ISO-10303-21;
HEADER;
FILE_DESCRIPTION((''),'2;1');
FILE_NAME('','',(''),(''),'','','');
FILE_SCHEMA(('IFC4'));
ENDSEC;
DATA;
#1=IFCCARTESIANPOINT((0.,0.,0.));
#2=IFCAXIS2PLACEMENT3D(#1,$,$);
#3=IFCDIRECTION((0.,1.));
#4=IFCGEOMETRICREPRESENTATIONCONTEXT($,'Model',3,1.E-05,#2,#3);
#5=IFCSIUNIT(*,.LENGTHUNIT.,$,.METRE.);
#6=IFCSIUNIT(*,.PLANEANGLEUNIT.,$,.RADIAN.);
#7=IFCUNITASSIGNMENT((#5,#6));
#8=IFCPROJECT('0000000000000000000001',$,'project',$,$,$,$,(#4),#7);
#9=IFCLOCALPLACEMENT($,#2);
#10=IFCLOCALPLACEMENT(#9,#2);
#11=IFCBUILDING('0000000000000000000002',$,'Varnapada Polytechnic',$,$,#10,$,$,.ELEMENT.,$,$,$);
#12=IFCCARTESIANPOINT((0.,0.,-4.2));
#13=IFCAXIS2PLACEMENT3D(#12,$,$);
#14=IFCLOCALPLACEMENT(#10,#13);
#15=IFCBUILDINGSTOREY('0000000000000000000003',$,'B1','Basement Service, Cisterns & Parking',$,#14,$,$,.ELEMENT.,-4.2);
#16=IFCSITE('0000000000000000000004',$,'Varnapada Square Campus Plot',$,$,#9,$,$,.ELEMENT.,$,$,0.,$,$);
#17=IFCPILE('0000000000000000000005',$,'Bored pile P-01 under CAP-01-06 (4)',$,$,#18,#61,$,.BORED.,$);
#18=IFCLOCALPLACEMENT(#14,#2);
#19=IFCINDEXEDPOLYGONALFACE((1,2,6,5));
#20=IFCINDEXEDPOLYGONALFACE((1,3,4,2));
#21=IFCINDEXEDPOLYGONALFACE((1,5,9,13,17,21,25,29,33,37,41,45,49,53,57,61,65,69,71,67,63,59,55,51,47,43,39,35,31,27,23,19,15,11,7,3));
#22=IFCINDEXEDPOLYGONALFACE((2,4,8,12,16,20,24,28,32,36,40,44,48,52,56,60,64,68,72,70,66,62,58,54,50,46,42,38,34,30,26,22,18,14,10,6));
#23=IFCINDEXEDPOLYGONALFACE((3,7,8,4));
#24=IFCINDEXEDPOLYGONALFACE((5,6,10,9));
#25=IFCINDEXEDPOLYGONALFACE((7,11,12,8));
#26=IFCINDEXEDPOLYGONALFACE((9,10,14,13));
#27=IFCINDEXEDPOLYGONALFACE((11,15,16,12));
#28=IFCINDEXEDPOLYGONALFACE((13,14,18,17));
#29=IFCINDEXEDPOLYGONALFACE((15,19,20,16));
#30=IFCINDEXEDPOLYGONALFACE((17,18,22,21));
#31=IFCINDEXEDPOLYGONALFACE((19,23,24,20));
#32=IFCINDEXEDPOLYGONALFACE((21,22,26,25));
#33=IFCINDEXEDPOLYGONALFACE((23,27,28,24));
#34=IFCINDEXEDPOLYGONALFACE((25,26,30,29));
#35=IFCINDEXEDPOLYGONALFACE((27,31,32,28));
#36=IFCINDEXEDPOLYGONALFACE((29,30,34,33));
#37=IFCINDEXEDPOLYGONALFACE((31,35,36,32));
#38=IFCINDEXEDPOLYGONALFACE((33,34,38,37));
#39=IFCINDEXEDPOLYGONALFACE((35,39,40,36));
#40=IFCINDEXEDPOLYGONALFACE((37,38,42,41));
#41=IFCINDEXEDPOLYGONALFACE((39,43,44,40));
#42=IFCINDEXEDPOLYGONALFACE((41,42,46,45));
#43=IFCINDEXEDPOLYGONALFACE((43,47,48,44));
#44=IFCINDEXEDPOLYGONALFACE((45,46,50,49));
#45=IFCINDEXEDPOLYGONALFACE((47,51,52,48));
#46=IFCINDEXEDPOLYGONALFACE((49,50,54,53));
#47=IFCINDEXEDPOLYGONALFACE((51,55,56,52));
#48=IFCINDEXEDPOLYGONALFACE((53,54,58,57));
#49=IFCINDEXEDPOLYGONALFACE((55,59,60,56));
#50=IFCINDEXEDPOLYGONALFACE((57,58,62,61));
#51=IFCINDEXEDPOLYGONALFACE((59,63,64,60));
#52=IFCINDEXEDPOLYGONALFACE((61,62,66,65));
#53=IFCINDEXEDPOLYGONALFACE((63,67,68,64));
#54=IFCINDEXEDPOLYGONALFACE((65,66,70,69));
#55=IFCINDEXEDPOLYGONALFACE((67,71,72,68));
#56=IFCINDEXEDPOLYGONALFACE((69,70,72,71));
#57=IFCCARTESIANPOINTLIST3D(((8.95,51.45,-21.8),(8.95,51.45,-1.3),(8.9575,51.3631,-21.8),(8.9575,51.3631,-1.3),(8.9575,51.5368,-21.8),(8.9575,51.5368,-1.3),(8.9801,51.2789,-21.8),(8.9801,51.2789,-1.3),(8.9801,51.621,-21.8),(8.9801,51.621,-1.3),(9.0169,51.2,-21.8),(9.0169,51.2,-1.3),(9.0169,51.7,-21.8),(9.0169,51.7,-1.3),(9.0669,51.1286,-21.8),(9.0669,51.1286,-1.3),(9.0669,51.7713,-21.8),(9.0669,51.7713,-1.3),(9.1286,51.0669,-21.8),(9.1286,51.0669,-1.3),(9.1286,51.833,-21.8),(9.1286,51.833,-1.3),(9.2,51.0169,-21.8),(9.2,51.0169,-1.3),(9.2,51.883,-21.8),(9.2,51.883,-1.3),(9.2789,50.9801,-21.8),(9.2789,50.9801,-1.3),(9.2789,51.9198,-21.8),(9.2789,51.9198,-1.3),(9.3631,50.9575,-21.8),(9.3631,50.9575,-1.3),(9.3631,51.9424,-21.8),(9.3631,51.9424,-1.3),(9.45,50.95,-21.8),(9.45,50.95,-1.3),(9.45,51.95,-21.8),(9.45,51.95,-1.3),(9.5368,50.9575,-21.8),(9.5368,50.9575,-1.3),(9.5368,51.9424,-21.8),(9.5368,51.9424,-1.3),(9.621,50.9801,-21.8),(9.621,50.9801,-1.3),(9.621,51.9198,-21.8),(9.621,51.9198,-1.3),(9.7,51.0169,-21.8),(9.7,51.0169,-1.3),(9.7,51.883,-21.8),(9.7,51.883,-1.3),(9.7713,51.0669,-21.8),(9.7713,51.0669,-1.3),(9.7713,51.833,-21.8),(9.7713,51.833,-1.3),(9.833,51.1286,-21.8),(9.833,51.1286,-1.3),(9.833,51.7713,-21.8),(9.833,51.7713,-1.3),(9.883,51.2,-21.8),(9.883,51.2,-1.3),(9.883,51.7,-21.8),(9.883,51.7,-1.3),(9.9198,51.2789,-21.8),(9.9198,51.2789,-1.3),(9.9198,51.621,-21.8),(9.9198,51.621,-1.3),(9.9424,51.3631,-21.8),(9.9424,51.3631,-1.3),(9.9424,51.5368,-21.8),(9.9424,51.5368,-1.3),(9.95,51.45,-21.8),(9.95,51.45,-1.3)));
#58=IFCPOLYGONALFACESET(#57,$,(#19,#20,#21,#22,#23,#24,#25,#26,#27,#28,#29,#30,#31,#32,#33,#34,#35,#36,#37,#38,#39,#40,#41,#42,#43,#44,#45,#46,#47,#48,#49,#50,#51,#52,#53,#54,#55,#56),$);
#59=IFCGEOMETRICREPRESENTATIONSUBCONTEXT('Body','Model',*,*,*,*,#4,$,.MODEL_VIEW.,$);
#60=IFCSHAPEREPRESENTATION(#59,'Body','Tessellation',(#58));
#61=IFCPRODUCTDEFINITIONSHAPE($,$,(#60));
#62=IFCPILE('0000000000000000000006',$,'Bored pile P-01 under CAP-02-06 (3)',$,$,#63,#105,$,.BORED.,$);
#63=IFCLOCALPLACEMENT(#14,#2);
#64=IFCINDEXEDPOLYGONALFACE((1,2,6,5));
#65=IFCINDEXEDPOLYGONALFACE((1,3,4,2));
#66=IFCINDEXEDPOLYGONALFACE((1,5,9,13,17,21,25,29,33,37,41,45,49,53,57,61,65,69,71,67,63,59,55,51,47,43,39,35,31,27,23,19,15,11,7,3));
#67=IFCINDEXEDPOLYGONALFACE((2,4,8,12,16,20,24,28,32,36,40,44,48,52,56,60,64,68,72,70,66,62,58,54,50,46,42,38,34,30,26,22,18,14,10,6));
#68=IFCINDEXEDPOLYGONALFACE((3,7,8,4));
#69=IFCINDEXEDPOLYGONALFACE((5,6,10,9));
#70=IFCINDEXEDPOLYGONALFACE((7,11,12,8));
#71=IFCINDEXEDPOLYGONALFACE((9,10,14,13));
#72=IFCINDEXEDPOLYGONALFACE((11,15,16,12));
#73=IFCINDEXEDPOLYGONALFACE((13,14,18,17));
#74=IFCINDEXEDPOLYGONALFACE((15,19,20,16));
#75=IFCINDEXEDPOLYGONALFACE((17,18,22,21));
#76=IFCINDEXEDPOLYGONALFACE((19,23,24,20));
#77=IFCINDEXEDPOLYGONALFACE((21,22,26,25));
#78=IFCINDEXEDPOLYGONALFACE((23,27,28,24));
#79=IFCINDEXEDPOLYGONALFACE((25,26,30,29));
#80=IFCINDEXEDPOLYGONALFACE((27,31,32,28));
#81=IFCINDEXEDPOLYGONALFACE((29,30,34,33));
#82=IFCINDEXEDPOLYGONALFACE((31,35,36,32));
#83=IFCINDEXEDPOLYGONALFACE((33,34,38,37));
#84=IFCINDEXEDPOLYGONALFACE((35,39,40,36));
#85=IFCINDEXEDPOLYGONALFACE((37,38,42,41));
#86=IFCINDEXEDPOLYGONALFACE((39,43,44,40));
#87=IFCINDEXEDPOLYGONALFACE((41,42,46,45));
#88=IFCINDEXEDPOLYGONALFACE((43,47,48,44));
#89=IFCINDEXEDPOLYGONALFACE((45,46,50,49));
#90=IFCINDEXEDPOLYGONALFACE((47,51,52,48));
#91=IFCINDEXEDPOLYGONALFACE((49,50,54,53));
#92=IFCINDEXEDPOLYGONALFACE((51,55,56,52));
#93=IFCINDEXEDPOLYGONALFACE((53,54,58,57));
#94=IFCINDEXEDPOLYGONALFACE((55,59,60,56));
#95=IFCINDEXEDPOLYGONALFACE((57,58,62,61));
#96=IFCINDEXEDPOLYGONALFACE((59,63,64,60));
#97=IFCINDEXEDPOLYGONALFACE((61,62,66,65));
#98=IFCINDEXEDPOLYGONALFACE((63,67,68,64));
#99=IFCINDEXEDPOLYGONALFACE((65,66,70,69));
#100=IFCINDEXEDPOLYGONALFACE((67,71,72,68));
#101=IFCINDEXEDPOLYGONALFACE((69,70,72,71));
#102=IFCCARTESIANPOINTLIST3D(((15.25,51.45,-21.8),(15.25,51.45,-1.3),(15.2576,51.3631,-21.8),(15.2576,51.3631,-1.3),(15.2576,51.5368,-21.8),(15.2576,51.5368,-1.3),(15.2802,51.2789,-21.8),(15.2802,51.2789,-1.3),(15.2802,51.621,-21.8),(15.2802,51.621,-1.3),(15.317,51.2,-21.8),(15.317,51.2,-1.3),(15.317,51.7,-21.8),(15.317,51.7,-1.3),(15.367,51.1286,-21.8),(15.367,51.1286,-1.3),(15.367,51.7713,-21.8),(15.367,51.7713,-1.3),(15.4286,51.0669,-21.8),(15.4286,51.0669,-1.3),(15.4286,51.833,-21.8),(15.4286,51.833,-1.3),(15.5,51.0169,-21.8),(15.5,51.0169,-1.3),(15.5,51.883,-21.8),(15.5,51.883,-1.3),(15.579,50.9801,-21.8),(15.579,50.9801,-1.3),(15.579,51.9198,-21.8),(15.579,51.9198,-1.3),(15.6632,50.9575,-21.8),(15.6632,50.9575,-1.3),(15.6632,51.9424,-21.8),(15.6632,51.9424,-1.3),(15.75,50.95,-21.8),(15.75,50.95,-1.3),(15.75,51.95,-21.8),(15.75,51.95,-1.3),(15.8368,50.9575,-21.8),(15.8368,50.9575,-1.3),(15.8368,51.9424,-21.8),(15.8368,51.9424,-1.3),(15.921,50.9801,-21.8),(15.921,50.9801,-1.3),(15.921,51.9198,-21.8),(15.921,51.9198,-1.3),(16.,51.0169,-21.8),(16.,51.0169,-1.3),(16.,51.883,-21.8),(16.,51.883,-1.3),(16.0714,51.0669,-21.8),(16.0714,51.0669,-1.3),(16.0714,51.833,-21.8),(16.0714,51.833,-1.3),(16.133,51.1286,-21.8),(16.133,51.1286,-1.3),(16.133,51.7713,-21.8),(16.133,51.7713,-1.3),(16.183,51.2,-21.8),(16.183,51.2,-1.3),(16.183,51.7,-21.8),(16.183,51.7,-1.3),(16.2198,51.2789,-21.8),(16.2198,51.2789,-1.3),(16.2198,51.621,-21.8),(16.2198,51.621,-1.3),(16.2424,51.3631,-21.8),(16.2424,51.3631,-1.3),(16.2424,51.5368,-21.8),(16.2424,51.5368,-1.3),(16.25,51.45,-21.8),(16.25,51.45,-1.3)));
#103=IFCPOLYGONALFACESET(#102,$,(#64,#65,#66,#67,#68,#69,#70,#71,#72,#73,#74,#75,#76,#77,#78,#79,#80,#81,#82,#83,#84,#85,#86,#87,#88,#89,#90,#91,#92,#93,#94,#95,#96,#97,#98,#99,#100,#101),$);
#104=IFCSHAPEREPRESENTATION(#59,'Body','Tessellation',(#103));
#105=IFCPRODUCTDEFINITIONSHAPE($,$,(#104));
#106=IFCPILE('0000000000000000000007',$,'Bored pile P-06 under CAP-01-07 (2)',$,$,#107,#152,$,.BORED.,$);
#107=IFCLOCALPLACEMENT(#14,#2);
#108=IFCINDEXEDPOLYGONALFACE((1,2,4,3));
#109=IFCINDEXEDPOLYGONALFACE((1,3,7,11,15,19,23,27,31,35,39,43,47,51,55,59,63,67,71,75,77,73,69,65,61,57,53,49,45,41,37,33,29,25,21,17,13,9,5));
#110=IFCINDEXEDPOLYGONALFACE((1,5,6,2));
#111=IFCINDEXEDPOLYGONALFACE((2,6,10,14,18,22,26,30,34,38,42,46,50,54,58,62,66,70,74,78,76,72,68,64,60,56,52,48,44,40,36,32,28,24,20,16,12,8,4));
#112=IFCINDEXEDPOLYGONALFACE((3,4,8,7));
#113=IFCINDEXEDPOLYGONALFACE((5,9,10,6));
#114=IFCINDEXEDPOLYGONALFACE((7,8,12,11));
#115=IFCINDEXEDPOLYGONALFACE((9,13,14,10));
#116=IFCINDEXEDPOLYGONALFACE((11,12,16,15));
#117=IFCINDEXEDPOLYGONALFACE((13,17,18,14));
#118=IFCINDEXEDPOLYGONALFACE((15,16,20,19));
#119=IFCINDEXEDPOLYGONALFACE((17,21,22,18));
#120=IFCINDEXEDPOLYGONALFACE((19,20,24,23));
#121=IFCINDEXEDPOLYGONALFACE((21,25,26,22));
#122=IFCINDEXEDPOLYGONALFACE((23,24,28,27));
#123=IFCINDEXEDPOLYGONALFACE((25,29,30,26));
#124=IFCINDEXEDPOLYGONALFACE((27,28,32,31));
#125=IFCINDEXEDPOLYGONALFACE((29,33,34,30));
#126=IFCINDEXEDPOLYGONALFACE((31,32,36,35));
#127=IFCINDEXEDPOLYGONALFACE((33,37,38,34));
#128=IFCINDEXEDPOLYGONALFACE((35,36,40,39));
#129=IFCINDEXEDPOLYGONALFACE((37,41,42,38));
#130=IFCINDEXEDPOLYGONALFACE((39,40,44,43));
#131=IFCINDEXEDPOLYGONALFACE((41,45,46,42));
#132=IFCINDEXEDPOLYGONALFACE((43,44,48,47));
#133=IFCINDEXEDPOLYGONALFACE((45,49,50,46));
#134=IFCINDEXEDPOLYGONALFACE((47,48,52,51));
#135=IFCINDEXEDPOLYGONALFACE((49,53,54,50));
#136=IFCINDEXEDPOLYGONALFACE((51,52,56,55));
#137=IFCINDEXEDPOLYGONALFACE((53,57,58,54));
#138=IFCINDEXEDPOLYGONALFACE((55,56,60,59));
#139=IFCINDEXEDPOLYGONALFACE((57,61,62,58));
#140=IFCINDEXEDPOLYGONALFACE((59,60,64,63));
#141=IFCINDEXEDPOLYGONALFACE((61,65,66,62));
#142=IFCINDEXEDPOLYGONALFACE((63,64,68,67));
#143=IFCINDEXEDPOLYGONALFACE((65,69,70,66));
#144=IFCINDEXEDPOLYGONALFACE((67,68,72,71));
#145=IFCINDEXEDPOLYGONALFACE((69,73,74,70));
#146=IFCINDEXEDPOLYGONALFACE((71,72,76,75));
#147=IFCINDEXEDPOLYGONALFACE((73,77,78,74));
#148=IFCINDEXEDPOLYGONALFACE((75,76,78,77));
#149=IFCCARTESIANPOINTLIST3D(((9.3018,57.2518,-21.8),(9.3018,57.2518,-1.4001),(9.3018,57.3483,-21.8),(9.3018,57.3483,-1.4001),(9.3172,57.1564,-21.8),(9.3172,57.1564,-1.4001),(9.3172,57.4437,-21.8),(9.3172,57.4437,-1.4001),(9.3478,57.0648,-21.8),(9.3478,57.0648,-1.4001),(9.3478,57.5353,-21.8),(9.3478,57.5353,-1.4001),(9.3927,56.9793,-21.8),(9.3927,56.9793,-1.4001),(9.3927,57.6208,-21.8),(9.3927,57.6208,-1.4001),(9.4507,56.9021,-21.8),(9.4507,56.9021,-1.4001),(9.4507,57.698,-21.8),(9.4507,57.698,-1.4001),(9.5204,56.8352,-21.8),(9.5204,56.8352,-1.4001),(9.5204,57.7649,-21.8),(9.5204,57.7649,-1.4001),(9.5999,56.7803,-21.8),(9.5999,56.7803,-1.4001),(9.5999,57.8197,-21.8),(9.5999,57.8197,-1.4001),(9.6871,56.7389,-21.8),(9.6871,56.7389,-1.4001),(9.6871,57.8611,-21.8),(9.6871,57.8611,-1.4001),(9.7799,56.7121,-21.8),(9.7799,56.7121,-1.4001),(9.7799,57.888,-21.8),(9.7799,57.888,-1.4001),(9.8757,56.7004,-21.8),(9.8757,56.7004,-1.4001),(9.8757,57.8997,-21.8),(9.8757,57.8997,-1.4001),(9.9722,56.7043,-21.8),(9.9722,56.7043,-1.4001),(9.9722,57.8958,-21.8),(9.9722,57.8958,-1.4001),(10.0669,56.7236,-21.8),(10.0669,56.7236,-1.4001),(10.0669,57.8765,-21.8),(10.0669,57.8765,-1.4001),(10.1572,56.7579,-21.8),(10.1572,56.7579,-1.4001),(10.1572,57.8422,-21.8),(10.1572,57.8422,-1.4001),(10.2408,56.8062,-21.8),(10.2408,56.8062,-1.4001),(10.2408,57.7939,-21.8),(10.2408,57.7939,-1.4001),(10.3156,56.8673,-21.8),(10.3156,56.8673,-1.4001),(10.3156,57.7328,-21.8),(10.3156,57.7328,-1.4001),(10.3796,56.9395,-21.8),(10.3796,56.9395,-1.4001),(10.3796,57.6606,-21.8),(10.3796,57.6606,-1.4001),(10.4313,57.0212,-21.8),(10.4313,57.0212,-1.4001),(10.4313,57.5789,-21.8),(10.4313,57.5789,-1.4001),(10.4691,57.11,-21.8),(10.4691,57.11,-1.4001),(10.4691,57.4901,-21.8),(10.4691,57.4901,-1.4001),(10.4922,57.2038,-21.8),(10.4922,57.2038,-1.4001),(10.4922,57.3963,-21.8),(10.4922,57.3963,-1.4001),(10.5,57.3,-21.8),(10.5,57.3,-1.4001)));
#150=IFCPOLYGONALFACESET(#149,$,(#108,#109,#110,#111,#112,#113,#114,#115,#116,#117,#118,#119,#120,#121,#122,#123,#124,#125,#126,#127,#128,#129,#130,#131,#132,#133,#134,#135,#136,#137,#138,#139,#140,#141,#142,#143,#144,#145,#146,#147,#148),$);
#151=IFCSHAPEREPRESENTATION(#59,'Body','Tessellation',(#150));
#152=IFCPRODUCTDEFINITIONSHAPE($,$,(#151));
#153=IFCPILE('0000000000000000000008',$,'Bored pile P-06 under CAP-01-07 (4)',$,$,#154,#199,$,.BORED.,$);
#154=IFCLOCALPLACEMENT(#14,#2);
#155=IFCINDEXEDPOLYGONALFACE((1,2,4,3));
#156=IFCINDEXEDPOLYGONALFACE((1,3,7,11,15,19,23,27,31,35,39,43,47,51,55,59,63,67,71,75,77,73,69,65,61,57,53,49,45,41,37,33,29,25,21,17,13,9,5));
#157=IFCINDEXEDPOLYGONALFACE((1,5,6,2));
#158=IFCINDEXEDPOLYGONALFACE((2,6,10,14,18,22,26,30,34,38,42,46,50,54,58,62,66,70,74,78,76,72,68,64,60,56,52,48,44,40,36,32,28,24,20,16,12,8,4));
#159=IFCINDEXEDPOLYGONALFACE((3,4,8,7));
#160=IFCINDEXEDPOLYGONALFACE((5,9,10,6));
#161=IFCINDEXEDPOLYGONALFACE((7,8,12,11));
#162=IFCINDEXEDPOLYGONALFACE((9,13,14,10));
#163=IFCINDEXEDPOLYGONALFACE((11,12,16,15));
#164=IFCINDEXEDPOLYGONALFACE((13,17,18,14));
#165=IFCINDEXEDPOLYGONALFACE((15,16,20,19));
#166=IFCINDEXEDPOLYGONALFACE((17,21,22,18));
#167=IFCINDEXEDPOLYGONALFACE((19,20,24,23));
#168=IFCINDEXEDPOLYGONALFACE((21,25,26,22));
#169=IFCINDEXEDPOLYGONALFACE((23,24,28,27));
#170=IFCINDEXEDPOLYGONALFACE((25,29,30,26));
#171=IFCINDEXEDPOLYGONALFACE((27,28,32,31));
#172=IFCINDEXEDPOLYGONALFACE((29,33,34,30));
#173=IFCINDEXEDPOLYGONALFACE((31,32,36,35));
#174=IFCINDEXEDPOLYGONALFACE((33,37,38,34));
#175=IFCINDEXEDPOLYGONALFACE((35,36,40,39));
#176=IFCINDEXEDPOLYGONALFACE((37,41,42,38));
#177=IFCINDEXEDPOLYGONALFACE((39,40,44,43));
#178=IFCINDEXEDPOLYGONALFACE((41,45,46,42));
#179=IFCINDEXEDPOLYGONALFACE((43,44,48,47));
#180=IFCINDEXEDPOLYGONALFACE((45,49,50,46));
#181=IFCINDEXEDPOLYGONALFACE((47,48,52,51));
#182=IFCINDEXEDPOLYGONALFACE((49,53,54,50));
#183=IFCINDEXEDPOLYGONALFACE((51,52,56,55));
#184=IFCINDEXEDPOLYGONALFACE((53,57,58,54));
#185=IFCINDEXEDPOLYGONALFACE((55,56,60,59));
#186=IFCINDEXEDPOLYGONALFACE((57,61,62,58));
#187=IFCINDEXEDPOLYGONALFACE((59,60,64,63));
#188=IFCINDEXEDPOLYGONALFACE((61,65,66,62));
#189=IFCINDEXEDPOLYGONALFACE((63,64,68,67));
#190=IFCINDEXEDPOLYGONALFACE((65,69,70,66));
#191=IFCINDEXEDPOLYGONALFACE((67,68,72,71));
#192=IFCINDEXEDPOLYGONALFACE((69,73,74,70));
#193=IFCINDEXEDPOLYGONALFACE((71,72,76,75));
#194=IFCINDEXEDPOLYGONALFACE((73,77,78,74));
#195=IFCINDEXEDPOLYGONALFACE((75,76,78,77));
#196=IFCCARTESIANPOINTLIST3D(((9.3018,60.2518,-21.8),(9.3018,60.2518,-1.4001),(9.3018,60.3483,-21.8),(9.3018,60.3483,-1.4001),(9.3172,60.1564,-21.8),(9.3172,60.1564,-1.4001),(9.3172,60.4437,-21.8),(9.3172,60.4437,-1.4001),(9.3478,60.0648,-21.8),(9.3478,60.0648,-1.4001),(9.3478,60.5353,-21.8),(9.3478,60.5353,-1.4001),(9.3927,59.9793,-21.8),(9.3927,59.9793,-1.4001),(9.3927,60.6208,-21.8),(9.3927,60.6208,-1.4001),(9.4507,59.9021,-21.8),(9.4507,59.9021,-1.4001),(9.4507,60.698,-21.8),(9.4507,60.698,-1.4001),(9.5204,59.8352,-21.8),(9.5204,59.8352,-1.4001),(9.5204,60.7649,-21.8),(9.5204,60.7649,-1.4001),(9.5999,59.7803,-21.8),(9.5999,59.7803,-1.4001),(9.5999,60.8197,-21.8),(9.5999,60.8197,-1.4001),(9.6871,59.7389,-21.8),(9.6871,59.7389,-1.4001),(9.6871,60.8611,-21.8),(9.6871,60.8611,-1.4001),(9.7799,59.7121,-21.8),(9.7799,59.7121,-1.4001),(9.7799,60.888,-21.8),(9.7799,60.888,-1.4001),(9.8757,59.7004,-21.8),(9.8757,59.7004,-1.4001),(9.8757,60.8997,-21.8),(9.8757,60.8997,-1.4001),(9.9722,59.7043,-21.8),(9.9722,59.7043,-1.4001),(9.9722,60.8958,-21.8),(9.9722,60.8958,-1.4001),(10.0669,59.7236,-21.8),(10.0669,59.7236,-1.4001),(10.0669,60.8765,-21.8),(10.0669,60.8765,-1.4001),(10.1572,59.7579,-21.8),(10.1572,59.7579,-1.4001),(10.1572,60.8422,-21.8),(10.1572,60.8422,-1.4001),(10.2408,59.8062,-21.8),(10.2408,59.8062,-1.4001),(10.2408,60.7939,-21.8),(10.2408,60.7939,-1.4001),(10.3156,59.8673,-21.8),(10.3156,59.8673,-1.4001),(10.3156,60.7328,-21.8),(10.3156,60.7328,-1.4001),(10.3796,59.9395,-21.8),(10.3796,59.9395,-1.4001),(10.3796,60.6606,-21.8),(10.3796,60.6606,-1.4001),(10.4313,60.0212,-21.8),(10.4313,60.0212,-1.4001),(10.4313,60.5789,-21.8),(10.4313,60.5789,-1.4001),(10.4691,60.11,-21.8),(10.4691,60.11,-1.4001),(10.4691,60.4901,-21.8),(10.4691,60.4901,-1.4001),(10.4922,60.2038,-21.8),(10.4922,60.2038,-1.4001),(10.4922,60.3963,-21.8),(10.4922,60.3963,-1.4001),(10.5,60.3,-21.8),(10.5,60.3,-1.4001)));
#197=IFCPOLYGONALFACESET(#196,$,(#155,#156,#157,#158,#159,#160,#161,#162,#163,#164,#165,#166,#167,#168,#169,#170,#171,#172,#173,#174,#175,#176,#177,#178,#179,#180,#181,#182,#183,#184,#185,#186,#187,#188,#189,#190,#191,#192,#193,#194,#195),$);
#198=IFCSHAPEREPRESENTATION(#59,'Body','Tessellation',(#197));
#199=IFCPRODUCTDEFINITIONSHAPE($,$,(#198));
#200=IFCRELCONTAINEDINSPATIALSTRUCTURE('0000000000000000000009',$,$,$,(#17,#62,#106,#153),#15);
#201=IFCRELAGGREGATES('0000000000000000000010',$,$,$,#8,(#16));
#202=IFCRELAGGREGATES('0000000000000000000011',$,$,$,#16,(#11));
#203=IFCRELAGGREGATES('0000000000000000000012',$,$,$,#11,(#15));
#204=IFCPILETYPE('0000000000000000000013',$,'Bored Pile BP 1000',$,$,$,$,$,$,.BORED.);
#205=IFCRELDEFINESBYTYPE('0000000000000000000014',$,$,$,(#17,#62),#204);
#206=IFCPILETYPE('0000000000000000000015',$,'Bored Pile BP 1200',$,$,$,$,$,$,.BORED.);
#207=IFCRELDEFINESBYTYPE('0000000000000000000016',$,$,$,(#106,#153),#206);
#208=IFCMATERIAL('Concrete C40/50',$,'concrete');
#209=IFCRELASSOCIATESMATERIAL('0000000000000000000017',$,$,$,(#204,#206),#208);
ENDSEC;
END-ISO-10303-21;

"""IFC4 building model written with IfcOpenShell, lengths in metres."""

from ifc_helpers import new_model, si_unit, direction, frame, origin, origin_2d, place, context, subcontext, project, spatial, circle, extrude, material, material_profile, profile_set, type_object, element, save


model = new_model("IFC4")

# Units and contexts
model_context = context("Model", 3, precision=1e-05, world=origin(), true_north=direction((0.0, 1.0)))
body_context = subcontext(model_context, "Body", "Model", "MODEL_VIEW")
ifc_project = project(units=[si_unit("LENGTHUNIT", "METRE"), si_unit("PLANEANGLEUNIT", "RADIAN")], contexts=[model_context])

# Site, building, storey
site_placement = place(None, origin())
site = spatial("IfcSite", under=ifc_project, at=site_placement, Name="Varnapada Square Campus Plot", CompositionType="ELEMENT", RefElevation=0.0)
building_placement = place(site_placement, origin())
building = spatial("IfcBuilding", under=site, at=building_placement, Name="Varnapada Polytechnic", CompositionType="ELEMENT")
storey_placement = place(building_placement, frame((0.0, 0.0, -4.2)))
storey = spatial("IfcBuildingStorey", under=building, at=storey_placement, Name="B1", Description="Basement Service, Cisterns & Parking", CompositionType="ELEMENT", Elevation=-4.2)

# Piles
ifc_material_1 = material(Name="Concrete C40/50", Category="concrete")
ifc_material_profile_1 = material_profile(ifc_material_1, circle(Radius=0.5, at=origin_2d()), Name="BP 1000")
ifc_profile_set_1 = profile_set([ifc_material_profile_1], Name="Concrete C40/50")
pile_type_1 = type_object("IfcPileType", Name="Bored Pile BP 1000", PredefinedType="BORED", material=ifc_profile_set_1)
for number, where, z_axis, x_axis, name in (
    (1, (9.45, 51.45, -1.3), (0.0, 0.0, -1.0), (1.0, 0.0, 0.0), "Bored pile P-01 under CAP-01-06 (4)"),
    (2, (15.75, 51.45, -1.3), (0.0, 0.0, -1.0), (1.0, 0.0, 0.0), "Bored pile P-01 under CAP-02-06 (3)"),
):
    element("IfcPile", number, at=place(storey_placement, frame(where, z_axis=z_axis, x_axis=x_axis)), inside=storey, type_object=pile_type_1, Name=name, PredefinedType="BORED", context=body_context, shape_type="SweptSolid", body=[
        extrude(circle(Radius=0.5, at=origin_2d()), origin(), (0.0, 0.0, 1.0), 20.5),
    ])
ifc_material_profile_2 = material_profile(ifc_material_1, circle(Radius=0.6001, at=origin_2d()), Name="BP 1200")
ifc_profile_set_2 = profile_set([ifc_material_profile_2], Name="Concrete C40/50")
pile_type_2 = type_object("IfcPileType", Name="Bored Pile BP 1200", PredefinedType="BORED", material=ifc_profile_set_2)
for number, where, z_axis, x_axis, name in (
    (3, (9.8999, 57.3, -1.4001), (0.0, 0.0, -1.0), (1.0, 0.0, 0.0), "Bored pile P-06 under CAP-01-07 (2)"),
    (4, (9.8999, 60.3, -1.4001), (0.0, 0.0, -1.0), (1.0, 0.0, 0.0), "Bored pile P-06 under CAP-01-07 (4)"),
):
    element("IfcPile", number, at=place(storey_placement, frame(where, z_axis=z_axis, x_axis=x_axis)), inside=storey, type_object=pile_type_2, Name=name, PredefinedType="BORED", context=body_context, shape_type="SweptSolid", body=[
        extrude(circle(Radius=0.6001, at=origin_2d()), origin(), (0.0, 0.0, 1.0), 20.3999),
    ])

save(model, "model.ifc")
